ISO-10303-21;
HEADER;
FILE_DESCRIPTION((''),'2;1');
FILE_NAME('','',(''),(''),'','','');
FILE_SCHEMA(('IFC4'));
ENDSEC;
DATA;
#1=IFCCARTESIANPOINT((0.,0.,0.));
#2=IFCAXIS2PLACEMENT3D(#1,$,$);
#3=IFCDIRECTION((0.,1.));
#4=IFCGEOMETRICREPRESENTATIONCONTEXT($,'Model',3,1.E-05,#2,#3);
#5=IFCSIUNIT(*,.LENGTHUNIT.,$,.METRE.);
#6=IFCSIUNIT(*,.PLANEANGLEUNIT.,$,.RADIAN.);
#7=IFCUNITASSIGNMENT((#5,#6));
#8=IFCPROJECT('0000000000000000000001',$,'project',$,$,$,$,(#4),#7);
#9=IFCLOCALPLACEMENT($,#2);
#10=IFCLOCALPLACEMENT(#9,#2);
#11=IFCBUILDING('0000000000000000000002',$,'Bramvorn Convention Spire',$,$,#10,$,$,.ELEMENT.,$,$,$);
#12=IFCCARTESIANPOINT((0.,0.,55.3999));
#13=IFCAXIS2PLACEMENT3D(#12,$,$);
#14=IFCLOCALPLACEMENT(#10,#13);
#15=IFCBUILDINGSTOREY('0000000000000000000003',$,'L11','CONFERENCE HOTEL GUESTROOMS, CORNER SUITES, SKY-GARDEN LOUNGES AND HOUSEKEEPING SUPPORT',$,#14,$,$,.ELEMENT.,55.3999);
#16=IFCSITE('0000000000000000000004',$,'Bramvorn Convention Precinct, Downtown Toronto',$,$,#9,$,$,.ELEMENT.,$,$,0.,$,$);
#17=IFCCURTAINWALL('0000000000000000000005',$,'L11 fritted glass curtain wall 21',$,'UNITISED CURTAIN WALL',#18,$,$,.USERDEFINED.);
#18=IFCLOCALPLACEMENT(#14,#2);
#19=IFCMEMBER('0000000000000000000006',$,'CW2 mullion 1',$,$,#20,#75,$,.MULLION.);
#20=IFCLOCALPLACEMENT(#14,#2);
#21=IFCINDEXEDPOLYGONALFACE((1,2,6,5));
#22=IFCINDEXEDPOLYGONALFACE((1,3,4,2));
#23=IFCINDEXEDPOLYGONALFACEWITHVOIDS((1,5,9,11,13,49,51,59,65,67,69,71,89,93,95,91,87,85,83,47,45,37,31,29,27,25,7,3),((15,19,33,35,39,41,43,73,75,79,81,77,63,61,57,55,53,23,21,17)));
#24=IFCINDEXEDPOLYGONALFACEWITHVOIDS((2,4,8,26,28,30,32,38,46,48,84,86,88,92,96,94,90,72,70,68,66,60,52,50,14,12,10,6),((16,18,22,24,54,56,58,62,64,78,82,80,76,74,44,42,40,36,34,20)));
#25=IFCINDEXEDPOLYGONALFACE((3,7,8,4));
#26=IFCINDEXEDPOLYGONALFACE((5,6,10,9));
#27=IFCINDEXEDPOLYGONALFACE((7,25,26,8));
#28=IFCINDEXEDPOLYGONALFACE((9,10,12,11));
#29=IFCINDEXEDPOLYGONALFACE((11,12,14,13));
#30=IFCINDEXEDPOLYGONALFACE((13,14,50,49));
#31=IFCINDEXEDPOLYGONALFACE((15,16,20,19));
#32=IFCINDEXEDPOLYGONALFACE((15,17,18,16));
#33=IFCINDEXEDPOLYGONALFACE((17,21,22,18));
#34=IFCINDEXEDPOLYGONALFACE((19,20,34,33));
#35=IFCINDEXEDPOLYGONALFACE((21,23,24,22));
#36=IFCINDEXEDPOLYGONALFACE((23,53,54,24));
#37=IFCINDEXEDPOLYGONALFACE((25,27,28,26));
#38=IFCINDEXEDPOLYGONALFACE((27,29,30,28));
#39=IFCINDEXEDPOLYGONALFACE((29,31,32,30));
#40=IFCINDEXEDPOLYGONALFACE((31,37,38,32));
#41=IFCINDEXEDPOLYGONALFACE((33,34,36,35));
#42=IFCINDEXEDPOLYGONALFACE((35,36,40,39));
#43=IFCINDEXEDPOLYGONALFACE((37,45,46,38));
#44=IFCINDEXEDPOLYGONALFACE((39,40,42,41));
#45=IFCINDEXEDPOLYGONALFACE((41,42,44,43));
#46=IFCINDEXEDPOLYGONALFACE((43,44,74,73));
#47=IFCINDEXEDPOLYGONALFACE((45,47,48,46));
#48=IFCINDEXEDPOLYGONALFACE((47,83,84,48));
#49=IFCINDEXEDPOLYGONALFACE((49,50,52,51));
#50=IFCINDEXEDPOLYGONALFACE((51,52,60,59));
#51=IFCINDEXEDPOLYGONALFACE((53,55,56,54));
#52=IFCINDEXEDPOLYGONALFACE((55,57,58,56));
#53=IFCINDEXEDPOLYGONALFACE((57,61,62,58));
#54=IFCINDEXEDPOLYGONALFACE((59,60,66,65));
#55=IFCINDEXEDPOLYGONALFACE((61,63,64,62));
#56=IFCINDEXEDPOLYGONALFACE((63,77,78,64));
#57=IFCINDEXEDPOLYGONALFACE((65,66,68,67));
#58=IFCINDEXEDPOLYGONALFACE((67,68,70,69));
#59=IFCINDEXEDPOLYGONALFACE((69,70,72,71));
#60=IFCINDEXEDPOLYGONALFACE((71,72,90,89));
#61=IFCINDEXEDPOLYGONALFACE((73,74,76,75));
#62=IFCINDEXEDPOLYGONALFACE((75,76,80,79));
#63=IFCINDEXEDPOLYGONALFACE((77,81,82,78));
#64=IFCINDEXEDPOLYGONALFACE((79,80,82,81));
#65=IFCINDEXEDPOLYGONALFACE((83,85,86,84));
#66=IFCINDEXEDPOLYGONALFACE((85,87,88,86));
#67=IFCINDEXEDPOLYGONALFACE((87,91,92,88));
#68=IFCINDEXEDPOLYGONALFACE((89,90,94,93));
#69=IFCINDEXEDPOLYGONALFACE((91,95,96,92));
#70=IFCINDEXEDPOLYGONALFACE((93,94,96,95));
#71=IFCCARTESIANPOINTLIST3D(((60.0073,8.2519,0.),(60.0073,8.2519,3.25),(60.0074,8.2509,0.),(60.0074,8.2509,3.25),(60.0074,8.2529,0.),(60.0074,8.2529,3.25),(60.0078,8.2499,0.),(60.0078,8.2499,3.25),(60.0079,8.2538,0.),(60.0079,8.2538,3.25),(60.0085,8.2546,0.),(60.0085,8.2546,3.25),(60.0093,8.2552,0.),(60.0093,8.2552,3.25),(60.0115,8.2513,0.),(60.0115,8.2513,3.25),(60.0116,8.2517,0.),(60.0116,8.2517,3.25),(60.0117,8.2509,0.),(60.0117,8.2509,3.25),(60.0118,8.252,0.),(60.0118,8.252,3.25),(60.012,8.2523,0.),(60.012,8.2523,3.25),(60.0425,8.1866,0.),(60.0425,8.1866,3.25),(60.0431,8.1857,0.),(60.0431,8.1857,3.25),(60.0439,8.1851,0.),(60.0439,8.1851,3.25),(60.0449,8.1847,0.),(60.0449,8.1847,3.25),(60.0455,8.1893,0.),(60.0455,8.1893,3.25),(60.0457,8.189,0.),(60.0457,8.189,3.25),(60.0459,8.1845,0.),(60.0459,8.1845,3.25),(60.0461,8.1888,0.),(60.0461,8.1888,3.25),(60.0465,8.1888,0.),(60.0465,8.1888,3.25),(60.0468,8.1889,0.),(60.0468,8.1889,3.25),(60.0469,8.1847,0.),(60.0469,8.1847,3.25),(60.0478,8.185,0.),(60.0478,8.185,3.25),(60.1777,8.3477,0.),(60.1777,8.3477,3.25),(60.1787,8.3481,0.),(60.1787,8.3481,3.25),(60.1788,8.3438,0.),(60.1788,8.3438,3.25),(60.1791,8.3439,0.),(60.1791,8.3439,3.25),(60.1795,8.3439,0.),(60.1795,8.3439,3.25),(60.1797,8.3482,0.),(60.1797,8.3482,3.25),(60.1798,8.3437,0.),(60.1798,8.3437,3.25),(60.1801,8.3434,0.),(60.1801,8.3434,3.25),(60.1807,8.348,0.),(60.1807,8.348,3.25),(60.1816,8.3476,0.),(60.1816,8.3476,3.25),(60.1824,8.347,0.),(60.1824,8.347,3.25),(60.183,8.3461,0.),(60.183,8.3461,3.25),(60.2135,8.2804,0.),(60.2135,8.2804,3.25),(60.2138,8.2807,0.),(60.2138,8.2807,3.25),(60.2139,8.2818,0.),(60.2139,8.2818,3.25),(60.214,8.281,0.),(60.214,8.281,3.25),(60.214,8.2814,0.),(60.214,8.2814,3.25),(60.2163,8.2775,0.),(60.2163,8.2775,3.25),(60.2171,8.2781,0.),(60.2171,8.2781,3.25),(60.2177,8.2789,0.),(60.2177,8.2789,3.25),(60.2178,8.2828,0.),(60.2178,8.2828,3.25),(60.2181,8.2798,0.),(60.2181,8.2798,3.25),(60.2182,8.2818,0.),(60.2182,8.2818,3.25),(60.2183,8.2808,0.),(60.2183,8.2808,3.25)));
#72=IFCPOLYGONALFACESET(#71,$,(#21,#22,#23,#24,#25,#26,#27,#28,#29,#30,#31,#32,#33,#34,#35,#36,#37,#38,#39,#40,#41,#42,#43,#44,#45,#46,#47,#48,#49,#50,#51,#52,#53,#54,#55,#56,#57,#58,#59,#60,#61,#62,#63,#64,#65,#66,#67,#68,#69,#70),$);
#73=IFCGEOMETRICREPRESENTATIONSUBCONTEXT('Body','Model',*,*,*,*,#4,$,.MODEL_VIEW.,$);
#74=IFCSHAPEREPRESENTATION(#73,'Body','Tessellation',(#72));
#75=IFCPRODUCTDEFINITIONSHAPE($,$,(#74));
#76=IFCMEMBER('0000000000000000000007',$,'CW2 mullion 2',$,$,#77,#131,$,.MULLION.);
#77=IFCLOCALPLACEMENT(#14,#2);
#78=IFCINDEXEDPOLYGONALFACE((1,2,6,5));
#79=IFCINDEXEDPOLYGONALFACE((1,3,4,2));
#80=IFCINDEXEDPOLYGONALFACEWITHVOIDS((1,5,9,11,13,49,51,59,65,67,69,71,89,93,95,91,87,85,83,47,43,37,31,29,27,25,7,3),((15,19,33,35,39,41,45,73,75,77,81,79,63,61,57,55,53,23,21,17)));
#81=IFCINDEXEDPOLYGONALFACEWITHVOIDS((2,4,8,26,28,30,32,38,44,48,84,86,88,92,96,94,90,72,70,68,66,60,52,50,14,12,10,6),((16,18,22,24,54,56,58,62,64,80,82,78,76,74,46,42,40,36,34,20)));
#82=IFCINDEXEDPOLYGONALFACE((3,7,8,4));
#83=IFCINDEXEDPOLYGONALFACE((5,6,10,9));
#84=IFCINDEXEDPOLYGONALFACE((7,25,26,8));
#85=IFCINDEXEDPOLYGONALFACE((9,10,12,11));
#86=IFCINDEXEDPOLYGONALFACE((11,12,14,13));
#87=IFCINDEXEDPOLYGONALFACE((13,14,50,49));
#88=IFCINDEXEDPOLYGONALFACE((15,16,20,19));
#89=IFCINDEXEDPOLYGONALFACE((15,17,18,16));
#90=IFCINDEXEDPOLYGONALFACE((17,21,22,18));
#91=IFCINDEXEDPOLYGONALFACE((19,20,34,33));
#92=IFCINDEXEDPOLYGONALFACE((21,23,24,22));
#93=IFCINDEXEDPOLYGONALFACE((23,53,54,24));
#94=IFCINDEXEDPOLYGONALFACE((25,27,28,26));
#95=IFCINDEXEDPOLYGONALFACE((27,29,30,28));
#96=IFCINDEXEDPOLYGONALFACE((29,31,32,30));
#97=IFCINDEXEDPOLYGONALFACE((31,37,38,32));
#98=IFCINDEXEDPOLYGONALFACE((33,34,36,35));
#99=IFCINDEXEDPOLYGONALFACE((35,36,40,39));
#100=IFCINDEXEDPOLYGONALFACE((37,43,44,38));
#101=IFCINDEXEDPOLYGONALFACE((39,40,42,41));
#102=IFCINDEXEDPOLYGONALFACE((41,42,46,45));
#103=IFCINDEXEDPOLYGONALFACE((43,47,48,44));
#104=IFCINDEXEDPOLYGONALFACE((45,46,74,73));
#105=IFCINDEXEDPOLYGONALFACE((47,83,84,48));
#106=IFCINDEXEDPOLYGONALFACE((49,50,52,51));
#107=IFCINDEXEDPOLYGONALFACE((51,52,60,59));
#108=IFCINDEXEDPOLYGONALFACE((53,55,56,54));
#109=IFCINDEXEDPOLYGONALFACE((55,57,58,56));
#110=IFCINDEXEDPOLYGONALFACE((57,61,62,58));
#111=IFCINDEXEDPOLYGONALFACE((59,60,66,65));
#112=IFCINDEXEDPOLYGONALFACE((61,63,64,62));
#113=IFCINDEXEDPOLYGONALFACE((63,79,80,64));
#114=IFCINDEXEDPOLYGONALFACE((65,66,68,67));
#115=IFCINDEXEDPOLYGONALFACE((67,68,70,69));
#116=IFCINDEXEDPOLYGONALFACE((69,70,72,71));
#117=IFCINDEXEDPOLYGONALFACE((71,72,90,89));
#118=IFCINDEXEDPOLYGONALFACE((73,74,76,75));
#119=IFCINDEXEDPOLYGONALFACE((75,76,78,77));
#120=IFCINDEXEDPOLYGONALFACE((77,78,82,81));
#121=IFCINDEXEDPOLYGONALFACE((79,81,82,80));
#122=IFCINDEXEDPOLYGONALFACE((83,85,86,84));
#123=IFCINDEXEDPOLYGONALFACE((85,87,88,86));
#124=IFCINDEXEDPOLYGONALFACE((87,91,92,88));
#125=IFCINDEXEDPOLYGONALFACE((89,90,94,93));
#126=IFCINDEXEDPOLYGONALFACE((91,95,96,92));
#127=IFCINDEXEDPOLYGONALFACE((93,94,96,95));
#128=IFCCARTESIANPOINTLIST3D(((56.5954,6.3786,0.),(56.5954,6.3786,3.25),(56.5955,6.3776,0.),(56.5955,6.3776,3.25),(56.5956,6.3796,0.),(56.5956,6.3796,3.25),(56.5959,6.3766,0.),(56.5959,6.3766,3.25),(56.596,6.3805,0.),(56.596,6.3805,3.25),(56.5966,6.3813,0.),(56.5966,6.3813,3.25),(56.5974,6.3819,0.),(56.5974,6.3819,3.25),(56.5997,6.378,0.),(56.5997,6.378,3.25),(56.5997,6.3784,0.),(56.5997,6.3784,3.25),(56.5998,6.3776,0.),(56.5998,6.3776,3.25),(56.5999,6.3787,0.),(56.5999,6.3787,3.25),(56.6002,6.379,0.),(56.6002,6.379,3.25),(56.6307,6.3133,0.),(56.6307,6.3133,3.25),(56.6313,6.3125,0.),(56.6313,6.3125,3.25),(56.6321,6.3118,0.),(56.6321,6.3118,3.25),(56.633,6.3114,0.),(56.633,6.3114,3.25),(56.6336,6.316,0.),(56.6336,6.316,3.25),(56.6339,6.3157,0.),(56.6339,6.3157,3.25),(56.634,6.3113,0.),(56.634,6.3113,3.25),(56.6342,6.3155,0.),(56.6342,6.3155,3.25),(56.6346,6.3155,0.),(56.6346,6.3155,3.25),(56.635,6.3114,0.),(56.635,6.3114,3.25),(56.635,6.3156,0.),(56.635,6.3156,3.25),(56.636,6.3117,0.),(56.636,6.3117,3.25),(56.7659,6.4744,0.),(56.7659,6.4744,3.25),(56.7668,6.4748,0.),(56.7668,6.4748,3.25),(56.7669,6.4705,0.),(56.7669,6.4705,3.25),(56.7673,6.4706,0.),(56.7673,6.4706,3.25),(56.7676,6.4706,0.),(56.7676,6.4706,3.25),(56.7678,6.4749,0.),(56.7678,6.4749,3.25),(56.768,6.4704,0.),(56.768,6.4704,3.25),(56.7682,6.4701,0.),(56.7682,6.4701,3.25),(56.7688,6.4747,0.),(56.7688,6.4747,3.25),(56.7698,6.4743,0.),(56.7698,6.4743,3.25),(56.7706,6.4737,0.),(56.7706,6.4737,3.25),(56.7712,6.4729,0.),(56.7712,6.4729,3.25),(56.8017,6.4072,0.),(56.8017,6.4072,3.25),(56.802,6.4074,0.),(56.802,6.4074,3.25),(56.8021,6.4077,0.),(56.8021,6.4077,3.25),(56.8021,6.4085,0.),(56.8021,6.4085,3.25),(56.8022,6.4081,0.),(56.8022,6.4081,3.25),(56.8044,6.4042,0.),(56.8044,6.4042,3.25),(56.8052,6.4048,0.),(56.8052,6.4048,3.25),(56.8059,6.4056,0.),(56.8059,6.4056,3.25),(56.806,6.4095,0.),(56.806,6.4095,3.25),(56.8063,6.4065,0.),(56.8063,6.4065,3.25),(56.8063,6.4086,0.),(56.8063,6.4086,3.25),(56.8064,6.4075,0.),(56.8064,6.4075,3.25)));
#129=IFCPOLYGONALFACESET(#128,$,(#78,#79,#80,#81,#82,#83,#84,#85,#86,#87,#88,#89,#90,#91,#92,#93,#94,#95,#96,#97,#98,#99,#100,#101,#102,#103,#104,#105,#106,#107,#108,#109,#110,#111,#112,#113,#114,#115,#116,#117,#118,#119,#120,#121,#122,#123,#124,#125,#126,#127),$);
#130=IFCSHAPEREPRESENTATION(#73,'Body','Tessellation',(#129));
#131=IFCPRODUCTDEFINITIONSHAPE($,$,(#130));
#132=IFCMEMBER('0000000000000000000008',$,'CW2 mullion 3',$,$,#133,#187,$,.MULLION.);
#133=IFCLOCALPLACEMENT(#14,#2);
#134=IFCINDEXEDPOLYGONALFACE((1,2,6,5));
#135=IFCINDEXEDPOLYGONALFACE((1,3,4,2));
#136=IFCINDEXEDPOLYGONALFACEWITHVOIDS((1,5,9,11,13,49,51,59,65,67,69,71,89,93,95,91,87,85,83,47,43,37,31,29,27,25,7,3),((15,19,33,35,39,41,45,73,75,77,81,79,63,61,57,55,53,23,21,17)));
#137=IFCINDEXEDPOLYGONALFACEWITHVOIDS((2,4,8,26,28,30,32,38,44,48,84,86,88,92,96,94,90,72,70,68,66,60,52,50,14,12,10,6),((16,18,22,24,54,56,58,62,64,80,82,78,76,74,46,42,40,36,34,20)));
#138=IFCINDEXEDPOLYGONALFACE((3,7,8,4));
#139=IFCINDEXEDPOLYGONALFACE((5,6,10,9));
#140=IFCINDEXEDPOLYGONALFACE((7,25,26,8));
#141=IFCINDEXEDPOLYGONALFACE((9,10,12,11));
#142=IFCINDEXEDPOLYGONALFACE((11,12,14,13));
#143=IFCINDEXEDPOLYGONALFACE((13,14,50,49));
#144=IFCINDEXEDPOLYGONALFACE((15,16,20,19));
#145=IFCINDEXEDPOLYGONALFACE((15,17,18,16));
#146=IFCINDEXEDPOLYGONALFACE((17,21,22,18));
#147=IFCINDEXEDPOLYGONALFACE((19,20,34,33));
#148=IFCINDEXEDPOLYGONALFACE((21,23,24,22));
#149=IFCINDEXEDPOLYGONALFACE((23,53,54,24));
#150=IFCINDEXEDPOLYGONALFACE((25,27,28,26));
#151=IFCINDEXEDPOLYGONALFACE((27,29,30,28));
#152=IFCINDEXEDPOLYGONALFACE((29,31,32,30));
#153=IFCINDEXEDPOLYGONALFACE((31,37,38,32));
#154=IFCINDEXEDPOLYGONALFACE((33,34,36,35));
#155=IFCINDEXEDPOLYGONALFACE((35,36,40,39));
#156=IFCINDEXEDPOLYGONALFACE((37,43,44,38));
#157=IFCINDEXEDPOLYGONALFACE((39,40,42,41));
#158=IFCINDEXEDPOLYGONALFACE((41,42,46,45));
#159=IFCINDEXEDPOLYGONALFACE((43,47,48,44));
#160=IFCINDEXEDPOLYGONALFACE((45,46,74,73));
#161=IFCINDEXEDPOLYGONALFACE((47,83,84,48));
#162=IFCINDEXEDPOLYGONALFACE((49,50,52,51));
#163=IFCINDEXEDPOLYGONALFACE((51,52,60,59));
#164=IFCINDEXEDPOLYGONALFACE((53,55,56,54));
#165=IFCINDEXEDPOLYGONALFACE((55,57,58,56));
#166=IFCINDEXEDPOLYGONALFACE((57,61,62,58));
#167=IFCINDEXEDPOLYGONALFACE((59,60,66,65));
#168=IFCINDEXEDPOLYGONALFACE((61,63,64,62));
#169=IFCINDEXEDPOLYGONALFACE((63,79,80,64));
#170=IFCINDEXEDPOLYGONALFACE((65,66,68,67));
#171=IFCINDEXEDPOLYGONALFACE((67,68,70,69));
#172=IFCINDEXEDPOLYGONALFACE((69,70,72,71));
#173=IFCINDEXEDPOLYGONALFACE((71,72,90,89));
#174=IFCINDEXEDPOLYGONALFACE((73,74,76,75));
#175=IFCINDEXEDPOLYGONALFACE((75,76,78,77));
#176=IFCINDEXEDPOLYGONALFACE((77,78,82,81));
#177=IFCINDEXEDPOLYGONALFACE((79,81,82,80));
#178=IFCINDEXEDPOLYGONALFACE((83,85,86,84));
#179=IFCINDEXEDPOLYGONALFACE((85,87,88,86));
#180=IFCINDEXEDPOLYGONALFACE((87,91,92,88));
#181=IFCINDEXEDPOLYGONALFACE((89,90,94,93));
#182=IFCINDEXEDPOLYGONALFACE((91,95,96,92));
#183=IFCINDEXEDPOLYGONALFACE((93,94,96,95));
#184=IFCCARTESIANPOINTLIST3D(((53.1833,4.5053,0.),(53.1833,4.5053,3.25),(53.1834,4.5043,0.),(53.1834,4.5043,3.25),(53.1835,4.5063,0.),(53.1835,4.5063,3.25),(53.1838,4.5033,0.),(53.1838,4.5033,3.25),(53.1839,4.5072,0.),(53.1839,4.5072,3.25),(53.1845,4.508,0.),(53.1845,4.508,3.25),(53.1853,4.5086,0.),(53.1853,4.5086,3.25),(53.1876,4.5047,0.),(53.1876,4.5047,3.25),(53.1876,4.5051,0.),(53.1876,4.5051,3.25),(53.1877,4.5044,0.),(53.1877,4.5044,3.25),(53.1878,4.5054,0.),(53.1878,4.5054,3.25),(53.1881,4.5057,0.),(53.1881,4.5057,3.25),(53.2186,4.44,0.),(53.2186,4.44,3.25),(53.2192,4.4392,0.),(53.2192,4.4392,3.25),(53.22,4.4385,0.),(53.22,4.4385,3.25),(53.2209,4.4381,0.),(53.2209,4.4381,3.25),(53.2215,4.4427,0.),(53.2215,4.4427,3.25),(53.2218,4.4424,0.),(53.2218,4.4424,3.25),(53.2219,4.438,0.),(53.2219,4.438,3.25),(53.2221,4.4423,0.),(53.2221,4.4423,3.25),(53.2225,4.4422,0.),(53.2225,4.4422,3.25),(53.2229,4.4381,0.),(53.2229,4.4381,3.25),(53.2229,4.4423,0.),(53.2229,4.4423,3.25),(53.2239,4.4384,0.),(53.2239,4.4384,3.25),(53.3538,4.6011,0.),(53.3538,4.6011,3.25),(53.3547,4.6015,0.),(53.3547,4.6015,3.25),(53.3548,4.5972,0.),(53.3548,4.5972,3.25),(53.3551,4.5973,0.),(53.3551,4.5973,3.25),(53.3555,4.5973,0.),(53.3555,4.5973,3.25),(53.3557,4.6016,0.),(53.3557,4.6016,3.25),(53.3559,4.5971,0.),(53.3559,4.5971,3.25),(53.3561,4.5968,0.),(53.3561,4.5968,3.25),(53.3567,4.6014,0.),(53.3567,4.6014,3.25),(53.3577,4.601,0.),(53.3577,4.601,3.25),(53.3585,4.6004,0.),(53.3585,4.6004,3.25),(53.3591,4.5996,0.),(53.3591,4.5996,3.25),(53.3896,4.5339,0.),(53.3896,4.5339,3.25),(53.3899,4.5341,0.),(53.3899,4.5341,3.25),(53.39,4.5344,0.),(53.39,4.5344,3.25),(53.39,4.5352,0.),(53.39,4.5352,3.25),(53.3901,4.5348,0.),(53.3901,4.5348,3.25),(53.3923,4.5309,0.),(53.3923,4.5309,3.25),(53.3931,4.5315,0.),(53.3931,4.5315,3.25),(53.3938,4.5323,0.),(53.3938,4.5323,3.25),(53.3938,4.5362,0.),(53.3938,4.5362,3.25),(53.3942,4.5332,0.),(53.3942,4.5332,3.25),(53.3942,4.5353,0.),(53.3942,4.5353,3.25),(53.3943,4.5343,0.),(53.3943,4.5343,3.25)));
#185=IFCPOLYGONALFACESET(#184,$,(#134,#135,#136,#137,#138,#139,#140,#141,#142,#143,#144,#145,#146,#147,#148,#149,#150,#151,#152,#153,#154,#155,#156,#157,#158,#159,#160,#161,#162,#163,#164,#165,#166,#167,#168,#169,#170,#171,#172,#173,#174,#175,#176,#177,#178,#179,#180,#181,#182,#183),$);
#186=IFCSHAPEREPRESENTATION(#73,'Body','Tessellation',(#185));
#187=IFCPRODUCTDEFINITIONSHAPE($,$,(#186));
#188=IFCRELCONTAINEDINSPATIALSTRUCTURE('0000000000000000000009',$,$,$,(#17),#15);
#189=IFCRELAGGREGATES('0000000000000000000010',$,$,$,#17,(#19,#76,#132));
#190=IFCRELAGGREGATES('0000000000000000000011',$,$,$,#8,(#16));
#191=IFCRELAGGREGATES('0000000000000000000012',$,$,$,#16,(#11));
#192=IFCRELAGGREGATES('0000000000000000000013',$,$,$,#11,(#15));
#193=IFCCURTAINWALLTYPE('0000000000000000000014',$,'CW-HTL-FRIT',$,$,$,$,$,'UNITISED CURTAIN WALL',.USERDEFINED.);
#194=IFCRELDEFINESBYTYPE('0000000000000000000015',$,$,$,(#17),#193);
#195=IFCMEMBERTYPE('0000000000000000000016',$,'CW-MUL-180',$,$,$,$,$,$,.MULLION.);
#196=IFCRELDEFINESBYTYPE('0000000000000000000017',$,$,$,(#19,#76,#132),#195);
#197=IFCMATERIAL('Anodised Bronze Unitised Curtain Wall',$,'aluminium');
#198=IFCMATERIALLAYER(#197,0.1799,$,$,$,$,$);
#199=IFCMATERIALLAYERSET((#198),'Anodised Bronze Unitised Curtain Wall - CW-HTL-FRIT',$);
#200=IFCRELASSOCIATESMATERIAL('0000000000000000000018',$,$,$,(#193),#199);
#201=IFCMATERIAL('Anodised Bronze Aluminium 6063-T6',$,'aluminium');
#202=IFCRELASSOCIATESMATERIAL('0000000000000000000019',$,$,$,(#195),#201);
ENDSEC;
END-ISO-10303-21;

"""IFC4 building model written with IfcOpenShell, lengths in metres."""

from ifc_helpers import new_model, si_unit, direction, frame, origin, origin_2d, place, context, subcontext, project, spatial, hollow_rectangle, extrude, material, layer, layer_set, material_profile, profile_set, type_object, element, aggregate, save


model = new_model("IFC4")

# Units and contexts
model_context = context("Model", 3, precision=1e-05, world=origin(), true_north=direction((0.0, 1.0)))
body_context = subcontext(model_context, "Body", "Model", "MODEL_VIEW")
ifc_project = project(units=[si_unit("LENGTHUNIT", "METRE"), si_unit("PLANEANGLEUNIT", "RADIAN")], contexts=[model_context])

# Site, building, storey
site_placement = place(None, origin())
site = spatial("IfcSite", under=ifc_project, at=site_placement, Name="Bramvorn Convention Precinct, Downtown Toronto", CompositionType="ELEMENT", RefElevation=0.0)
building_placement = place(site_placement, origin())
building = spatial("IfcBuilding", under=site, at=building_placement, Name="Bramvorn Convention Spire", CompositionType="ELEMENT")
storey_placement = place(building_placement, frame((0.0, 0.0, 55.3999)))
storey = spatial("IfcBuildingStorey", under=building, at=storey_placement, Name="L11", Description="CONFERENCE HOTEL GUESTROOMS, CORNER SUITES, SKY-GARDEN LOUNGES AND HOUSEKEEPING SUPPORT", CompositionType="ELEMENT", Elevation=55.3999)

# Curtain wall, members
ifc_material_1 = material(Name="Anodised Bronze Unitised Curtain Wall", Category="aluminium")
ifc_layer_1 = layer(ifc_material_1, 0.1799)
ifc_layer_set_1 = layer_set([ifc_layer_1], Name="Anodised Bronze Unitised Curtain Wall - CW-HTL-FRIT")
curtain_wall_type_1 = type_object("IfcCurtainWallType", Name="CW-HTL-FRIT", ElementType="UNITISED CURTAIN WALL", PredefinedType="USERDEFINED", material=ifc_layer_set_1)
curtain_wall_1_placement = place(storey_placement, origin())
curtain_wall_1 = element("IfcCurtainWall", 1, at=curtain_wall_1_placement, inside=storey, type_object=curtain_wall_type_1, Name="L11 fritted glass curtain wall 21", ObjectType="UNITISED CURTAIN WALL", PredefinedType="USERDEFINED")
ifc_material_2 = material(Name="Anodised Bronze Aluminium 6063-T6", Category="aluminium")
ifc_material_profile_1 = material_profile(ifc_material_2, hollow_rectangle(XDim=0.0801, YDim=0.2, WallThickness=0.0039, InnerFilletRadius=0.001, OuterFilletRadius=0.0039, at=origin_2d()))
ifc_profile_set_1 = profile_set([ifc_material_profile_1], Name="Anodised Bronze Aluminium 6063-T6 - CWM80X200")
member_type_1 = type_object("IfcMemberType", Name="CW-MUL-180", PredefinedType="MULLION", material=ifc_profile_set_1)
member_1_placement = place(storey_placement, frame((60.1128, 8.2664, 0.0), z_axis=(0.0, 0.0, 1.0), x_axis=(0.481255, -0.876581, 0.0)))
member_1 = element("IfcMember", 2, at=member_1_placement, type_object=member_type_1, Name="CW2 mullion 1", PredefinedType="MULLION", context=body_context, shape_type="SweptSolid", body=[
    extrude(hollow_rectangle(XDim=0.0801, YDim=0.2, WallThickness=0.0039, InnerFilletRadius=0.001, OuterFilletRadius=0.0039, at=origin_2d()), origin(), (0.0, 0.0, 1.0), 3.25),
])
member_2_placement = place(storey_placement, frame((56.7009, 6.3931, 0.0), z_axis=(0.0, 0.0, 1.0), x_axis=(0.481255, -0.876581, 0.0)))
member_2 = element("IfcMember", 3, at=member_2_placement, type_object=member_type_1, Name="CW2 mullion 2", PredefinedType="MULLION", context=body_context, shape_type="SweptSolid", body=[
    extrude(hollow_rectangle(XDim=0.0801, YDim=0.2, WallThickness=0.0039, InnerFilletRadius=0.001, OuterFilletRadius=0.0039, at=origin_2d()), origin(), (0.0, 0.0, 1.0), 3.25),
])
member_3_placement = place(storey_placement, frame((53.2888, 4.5198, 0.0), z_axis=(0.0, 0.0, 1.0), x_axis=(0.481255, -0.876581, 0.0)))
member_3 = element("IfcMember", 4, at=member_3_placement, type_object=member_type_1, Name="CW2 mullion 3", PredefinedType="MULLION", context=body_context, shape_type="SweptSolid", body=[
    extrude(hollow_rectangle(XDim=0.0801, YDim=0.2, WallThickness=0.0039, InnerFilletRadius=0.001, OuterFilletRadius=0.0039, at=origin_2d()), origin(), (0.0, 0.0, 1.0), 3.25),
])

aggregate(curtain_wall_1, [member_1, member_2, member_3])

save(model, "model.ifc")
